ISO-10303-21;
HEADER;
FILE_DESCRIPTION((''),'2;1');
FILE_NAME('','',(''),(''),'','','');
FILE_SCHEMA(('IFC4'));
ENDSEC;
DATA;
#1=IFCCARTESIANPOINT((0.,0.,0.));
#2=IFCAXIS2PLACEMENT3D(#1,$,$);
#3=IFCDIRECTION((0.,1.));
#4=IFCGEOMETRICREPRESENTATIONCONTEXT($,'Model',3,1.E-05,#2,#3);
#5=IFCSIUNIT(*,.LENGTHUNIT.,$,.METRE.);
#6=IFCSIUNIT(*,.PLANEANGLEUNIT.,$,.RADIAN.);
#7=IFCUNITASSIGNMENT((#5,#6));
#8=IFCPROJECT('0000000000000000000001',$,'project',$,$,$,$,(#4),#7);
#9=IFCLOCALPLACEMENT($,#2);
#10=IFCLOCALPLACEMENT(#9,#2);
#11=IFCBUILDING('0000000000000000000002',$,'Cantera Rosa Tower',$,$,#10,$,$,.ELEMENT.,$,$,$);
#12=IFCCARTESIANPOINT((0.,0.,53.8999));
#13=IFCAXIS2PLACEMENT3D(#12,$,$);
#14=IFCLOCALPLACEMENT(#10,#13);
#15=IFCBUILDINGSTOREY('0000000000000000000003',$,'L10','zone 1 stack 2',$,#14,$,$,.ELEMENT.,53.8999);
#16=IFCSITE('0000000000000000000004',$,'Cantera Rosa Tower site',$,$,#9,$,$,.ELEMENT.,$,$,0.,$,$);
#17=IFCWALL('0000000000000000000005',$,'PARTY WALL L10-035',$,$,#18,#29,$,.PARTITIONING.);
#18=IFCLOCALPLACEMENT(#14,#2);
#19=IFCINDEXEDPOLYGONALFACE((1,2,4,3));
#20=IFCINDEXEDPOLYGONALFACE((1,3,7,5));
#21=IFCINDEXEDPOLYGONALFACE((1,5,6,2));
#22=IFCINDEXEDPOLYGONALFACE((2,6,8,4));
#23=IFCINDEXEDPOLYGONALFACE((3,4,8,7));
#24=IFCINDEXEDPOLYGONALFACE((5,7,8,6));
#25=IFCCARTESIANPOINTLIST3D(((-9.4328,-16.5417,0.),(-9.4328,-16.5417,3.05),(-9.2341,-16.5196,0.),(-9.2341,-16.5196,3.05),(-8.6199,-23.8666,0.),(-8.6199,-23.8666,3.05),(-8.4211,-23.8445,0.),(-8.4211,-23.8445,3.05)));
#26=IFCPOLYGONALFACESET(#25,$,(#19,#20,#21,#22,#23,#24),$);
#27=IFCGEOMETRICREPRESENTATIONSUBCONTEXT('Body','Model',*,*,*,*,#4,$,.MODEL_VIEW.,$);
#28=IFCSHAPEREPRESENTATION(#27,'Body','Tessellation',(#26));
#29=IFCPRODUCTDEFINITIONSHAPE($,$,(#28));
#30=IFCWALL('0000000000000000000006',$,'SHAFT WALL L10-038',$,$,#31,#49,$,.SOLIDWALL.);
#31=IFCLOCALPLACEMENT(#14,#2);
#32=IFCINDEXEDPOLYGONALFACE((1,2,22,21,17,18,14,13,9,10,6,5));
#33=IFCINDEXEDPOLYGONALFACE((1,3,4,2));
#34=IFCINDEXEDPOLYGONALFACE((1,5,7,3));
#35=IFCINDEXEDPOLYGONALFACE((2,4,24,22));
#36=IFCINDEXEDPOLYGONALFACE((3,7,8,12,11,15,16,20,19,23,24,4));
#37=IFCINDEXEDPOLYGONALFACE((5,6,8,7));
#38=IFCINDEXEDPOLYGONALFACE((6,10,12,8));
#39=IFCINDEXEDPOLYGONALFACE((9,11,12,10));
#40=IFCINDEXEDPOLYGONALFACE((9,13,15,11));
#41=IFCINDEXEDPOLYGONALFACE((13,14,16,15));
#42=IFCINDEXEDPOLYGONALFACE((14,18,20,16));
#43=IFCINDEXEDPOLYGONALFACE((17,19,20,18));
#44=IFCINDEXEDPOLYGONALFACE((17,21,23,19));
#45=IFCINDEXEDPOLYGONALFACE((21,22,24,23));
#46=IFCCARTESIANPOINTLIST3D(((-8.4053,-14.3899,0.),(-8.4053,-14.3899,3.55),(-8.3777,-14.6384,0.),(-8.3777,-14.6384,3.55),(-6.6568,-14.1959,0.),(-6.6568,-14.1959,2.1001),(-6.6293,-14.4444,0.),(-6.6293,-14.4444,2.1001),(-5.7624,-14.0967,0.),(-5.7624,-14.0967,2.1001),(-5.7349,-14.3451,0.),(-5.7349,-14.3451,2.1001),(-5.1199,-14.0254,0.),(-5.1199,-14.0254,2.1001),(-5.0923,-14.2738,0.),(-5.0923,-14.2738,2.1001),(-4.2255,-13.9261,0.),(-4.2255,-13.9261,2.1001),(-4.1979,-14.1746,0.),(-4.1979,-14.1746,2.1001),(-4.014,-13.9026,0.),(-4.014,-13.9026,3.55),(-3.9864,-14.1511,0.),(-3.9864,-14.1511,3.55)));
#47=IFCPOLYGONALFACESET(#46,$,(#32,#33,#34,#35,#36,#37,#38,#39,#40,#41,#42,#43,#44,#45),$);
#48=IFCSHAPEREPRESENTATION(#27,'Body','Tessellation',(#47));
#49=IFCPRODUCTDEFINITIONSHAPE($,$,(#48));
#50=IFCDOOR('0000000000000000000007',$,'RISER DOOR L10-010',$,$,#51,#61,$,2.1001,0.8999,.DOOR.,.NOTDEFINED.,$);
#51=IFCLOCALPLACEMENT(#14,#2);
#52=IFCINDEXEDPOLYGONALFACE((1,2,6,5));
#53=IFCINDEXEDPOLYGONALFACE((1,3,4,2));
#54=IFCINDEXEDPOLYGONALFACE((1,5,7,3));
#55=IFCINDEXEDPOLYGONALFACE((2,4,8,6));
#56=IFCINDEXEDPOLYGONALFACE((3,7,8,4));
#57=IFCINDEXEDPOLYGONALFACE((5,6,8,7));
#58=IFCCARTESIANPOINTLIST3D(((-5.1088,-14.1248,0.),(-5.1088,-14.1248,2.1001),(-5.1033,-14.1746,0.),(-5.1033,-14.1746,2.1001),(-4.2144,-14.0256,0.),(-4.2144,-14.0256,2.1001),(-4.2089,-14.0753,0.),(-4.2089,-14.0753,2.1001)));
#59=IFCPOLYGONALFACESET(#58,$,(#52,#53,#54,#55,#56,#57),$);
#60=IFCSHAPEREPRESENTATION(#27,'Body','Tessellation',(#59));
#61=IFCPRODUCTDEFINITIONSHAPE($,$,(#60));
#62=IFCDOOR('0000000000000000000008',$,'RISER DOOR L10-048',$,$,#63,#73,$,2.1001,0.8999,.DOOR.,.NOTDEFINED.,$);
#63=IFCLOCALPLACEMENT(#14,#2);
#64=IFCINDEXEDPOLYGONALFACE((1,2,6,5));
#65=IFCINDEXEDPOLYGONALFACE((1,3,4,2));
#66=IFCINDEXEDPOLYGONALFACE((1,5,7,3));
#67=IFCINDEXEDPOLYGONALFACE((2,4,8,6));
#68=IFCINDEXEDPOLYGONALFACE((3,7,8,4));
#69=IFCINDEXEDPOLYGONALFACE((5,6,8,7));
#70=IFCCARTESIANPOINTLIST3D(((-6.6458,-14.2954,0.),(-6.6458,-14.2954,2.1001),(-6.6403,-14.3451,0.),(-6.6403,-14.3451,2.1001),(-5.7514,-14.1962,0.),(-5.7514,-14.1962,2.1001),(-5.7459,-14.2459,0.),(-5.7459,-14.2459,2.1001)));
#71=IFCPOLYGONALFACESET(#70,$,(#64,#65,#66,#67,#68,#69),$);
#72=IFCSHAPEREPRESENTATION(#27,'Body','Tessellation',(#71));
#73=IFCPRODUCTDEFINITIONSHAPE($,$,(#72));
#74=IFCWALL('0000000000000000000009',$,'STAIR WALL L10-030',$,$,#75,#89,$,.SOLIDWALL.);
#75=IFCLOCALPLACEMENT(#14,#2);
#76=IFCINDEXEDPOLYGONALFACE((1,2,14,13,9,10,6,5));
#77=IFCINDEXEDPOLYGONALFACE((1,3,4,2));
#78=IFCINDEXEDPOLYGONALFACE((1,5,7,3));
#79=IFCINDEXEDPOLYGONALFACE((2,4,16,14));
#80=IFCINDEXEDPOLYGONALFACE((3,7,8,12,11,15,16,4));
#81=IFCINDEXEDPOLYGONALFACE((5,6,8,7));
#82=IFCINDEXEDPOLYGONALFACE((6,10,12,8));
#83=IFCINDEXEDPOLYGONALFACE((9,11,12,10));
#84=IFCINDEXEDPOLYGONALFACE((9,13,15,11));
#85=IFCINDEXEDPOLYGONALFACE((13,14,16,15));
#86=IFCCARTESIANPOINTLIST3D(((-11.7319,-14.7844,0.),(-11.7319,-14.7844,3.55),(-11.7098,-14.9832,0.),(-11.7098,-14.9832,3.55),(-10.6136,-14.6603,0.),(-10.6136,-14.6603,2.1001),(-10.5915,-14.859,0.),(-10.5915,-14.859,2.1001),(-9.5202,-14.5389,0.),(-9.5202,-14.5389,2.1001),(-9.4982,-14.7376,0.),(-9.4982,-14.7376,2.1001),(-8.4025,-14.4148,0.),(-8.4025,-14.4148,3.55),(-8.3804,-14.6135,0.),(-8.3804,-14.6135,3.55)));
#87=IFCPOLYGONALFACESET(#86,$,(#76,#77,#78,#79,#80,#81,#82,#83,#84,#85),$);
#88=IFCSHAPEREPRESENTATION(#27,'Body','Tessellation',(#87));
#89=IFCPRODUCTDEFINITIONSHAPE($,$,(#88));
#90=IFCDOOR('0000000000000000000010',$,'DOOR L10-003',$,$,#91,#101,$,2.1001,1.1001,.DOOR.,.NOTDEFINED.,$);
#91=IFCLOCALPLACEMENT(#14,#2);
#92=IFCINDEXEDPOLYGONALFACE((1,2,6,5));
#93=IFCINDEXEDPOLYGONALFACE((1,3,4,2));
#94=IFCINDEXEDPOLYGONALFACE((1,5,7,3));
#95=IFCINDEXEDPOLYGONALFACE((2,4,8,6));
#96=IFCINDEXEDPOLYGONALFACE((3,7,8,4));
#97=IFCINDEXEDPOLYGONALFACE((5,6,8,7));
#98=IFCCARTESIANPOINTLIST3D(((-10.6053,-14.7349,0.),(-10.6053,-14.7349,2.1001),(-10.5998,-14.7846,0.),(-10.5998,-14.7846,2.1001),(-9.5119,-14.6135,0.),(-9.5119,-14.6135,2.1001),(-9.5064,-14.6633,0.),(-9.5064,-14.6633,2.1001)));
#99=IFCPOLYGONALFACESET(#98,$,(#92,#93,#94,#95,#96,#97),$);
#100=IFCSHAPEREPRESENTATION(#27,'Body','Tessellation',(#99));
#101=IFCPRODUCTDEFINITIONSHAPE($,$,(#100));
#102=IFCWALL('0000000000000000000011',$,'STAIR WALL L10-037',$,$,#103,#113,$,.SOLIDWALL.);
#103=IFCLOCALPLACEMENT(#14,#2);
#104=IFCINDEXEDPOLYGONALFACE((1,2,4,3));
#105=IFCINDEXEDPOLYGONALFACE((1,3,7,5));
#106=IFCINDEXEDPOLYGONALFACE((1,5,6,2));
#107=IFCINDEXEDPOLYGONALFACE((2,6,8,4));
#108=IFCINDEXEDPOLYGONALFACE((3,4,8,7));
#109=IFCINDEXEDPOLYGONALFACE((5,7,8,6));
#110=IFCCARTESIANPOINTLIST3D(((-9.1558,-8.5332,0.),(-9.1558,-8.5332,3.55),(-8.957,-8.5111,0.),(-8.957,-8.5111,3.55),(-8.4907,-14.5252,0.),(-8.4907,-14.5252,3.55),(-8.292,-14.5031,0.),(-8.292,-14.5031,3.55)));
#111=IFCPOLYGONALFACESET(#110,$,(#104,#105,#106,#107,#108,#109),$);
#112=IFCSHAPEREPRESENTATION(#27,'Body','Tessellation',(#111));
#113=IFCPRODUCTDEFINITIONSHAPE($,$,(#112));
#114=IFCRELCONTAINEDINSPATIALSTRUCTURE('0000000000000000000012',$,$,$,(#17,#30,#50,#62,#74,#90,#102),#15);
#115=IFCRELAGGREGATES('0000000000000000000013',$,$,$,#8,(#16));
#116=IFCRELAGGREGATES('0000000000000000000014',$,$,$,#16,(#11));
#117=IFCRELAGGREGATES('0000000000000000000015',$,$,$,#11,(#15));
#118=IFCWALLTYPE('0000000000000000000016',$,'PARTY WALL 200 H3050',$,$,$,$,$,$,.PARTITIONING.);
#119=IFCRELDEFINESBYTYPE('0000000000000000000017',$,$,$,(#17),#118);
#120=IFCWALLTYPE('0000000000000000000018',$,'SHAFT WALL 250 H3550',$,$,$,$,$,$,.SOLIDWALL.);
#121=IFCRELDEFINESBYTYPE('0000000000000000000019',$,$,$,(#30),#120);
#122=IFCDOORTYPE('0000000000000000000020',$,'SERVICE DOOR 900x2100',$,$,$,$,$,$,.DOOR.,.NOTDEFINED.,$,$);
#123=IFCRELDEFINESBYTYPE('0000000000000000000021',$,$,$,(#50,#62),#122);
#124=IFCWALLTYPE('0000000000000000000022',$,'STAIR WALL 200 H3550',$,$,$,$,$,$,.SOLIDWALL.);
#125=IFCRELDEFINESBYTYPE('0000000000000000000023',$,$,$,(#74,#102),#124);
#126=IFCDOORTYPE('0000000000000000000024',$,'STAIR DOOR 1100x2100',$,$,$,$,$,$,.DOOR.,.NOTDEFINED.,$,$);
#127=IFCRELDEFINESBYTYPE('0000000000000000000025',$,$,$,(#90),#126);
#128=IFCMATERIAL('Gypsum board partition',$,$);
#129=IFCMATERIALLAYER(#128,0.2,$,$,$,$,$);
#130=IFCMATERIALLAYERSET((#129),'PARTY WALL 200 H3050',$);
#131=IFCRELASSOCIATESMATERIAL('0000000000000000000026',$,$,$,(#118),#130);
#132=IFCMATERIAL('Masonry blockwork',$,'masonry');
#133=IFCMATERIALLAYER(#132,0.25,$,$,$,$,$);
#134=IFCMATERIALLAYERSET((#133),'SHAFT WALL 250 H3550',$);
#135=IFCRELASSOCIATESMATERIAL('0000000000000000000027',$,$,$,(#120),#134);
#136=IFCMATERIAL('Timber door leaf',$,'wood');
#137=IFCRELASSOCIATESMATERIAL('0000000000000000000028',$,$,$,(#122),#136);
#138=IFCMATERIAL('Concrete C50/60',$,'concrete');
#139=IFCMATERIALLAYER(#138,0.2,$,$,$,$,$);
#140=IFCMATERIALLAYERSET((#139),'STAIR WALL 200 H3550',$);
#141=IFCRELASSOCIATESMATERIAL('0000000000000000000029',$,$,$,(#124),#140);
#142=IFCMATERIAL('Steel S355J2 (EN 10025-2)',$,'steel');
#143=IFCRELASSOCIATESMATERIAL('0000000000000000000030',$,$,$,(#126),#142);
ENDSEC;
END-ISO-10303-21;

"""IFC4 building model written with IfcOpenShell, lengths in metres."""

from ifc_helpers import new_model, si_unit, direction, frame, frame_2d, origin, place, context, subcontext, project, spatial, rectangle, extrude, material, layer, layer_set, type_object, element, fill, save


model = new_model("IFC4")

# Units and contexts
model_context = context("Model", 3, precision=1e-05, world=origin(), true_north=direction((0.0, 1.0)))
body_context = subcontext(model_context, "Body", "Model", "MODEL_VIEW")
ifc_project = project(units=[si_unit("LENGTHUNIT", "METRE"), si_unit("PLANEANGLEUNIT", "RADIAN")], contexts=[model_context])

# Site, building, storey
site_placement = place(None, origin())
site = spatial("IfcSite", under=ifc_project, at=site_placement, Name="Cantera Rosa Tower site", CompositionType="ELEMENT", RefElevation=0.0)
building_placement = place(site_placement, origin())
building = spatial("IfcBuilding", under=site, at=building_placement, Name="Cantera Rosa Tower", CompositionType="ELEMENT")
storey_placement = place(building_placement, frame((0.0, 0.0, 53.8999)))
storey = spatial("IfcBuildingStorey", under=building, at=storey_placement, Name="L10", Description="zone 1 stack 2", CompositionType="ELEMENT", Elevation=53.8999)

# Wall
ifc_material_1 = material(Name="Gypsum board partition")
ifc_layer_1 = layer(ifc_material_1, 0.2)
ifc_layer_set_1 = layer_set([ifc_layer_1], Name="PARTY WALL 200 H3050")
wall_type_1 = type_object("IfcWallType", Name="PARTY WALL 200 H3050", PredefinedType="PARTITIONING", material=ifc_layer_set_1)
wall_1_placement = place(storey_placement, frame((-9.3335, -16.5305, 0.0), z_axis=(0.0, 0.0, 1.0), x_axis=(0.110312, -0.993897, 0.0)))
element("IfcWall", 1, at=wall_1_placement, inside=storey, type_object=wall_type_1, Name="PARTY WALL L10-035", PredefinedType="PARTITIONING", context=body_context, shape_type="SweptSolid", body=[
    extrude(rectangle(XDim=7.3699, YDim=0.2, at=frame_2d((3.6851, 0.0))), origin(), (0.0, 0.0, 1.0), 3.05),
])

# Wall, openings, doors
ifc_material_2 = material(Name="Masonry blockwork", Category="masonry")
ifc_layer_2 = layer(ifc_material_2, 0.25)
ifc_layer_set_2 = layer_set([ifc_layer_2], Name="SHAFT WALL 250 H3550")
wall_type_2 = type_object("IfcWallType", Name="SHAFT WALL 250 H3550", PredefinedType="SOLIDWALL", material=ifc_layer_set_2)
wall_2_placement = place(storey_placement, frame((-8.3914, -14.5142, 0.0), z_axis=(0.0, 0.0, 1.0), x_axis=(0.993899, 0.110292, 0.0)))
wall_2 = element("IfcWall", 2, at=wall_2_placement, inside=storey, type_object=wall_type_2, Name="SHAFT WALL L10-038", PredefinedType="SOLIDWALL", context=body_context, shape_type="SweptSolid", body=[
    extrude(rectangle(XDim=4.4182, YDim=0.25, at=frame_2d((2.209, 0.0))), origin(), (0.0, 0.0, 1.0), 3.55),
])
opening_1_placement = place(wall_2_placement, frame((3.3054, 0.0, 0.0)))
opening_1 = element("IfcOpeningElement", 3, at=opening_1_placement, cuts=wall_2, PredefinedType="OPENING", context=body_context, shape_type="SweptSolid", body=[
    extrude(rectangle(XDim=0.8999, YDim=2.1001, at=frame_2d((0.45, 1.05))), frame((0.0, 0.135, 0.0), z_axis=(0.0, -1.0, 0.0), x_axis=(1.0, 0.0, 0.0)), (0.0, 0.0, 1.0), 0.27),
])
opening_2_placement = place(wall_2_placement, frame((1.759, 0.0, 0.0)))
opening_2 = element("IfcOpeningElement", 4, at=opening_2_placement, cuts=wall_2, PredefinedType="OPENING", context=body_context, shape_type="SweptSolid", body=[
    extrude(rectangle(XDim=0.8999, YDim=2.1001, at=frame_2d((0.45, 1.05))), frame((0.0, 0.135, 0.0), z_axis=(0.0, -1.0, 0.0), x_axis=(1.0, 0.0, 0.0)), (0.0, 0.0, 1.0), 0.27),
])
ifc_material_3 = material(Name="Timber door leaf", Category="wood")
door_type_1 = type_object("IfcDoorType", Name="SERVICE DOOR 900x2100", OperationType="NOTDEFINED", PredefinedType="DOOR", material=ifc_material_3)
door_1_placement = place(opening_1_placement, origin())
door_1 = element("IfcDoor", 5, at=door_1_placement, inside=storey, type_object=door_type_1, Name="RISER DOOR L10-010", OperationType="NOTDEFINED", OverallHeight=2.1001, OverallWidth=0.8999, PredefinedType="DOOR", context=body_context, shape_type="SweptSolid", body=[
    extrude(rectangle(XDim=0.8999, YDim=2.1001, at=frame_2d((0.45, 1.05))), frame((0.0, 0.0249, 0.0), z_axis=(0.0, -1.0, 0.0), x_axis=(1.0, 0.0, 0.0)), (0.0, 0.0, 1.0), 0.05),
])
fill(opening_1, door_1)
door_2_placement = place(opening_2_placement, origin())
door_2 = element("IfcDoor", 6, at=door_2_placement, inside=storey, type_object=door_type_1, Name="RISER DOOR L10-048", OperationType="NOTDEFINED", OverallHeight=2.1001, OverallWidth=0.8999, PredefinedType="DOOR", context=body_context, shape_type="SweptSolid", body=[
    extrude(rectangle(XDim=0.8999, YDim=2.1001, at=frame_2d((0.45, 1.05))), frame((0.0, 0.0249, 0.0), z_axis=(0.0, -1.0, 0.0), x_axis=(1.0, 0.0, 0.0)), (0.0, 0.0, 1.0), 0.05),
])
fill(opening_2, door_2)

# Wall, opening, door
ifc_material_4 = material(Name="Concrete C50/60", Category="concrete")
ifc_layer_3 = layer(ifc_material_4, 0.2)
ifc_layer_set_3 = layer_set([ifc_layer_3], Name="STAIR WALL 200 H3550")
wall_type_3 = type_object("IfcWallType", Name="STAIR WALL 200 H3550", PredefinedType="SOLIDWALL", material=ifc_layer_set_3)
wall_3_placement = place(storey_placement, frame((-11.7207, -14.8838, 0.0), z_axis=(0.0, 0.0, 1.0), x_axis=(0.993894, 0.110344, 0.0)))
wall_3 = element("IfcWall", 7, at=wall_3_placement, inside=storey, type_object=wall_type_3, Name="STAIR WALL L10-030", PredefinedType="SOLIDWALL", context=body_context, shape_type="SweptSolid", body=[
    extrude(rectangle(XDim=3.3499, YDim=0.2, at=frame_2d((1.6748, 0.0))), origin(), (0.0, 0.0, 1.0), 3.55),
])
opening_3_placement = place(wall_3_placement, frame((1.125, 0.0, 0.0)))
opening_3 = element("IfcOpeningElement", 8, at=opening_3_placement, cuts=wall_3, PredefinedType="OPENING", context=body_context, shape_type="SweptSolid", body=[
    extrude(rectangle(XDim=1.1001, YDim=2.1001, at=frame_2d((0.55, 1.05))), frame((0.0, 0.1099, 0.0), z_axis=(0.0, -1.0, 0.0), x_axis=(1.0, 0.0, 0.0)), (0.0, 0.0, 1.0), 0.22),
])
ifc_material_5 = material(Name="Steel S355J2 (EN 10025-2)", Category="steel")
door_type_2 = type_object("IfcDoorType", Name="STAIR DOOR 1100x2100", OperationType="NOTDEFINED", PredefinedType="DOOR", material=ifc_material_5)
door_3_placement = place(opening_3_placement, origin())
door_3 = element("IfcDoor", 9, at=door_3_placement, inside=storey, type_object=door_type_2, Name="DOOR L10-003", OperationType="NOTDEFINED", OverallHeight=2.1001, OverallWidth=1.1001, PredefinedType="DOOR", context=body_context, shape_type="SweptSolid", body=[
    extrude(rectangle(XDim=1.1001, YDim=2.1001, at=frame_2d((0.55, 1.05))), frame((0.0, 0.0249, 0.0), z_axis=(0.0, -1.0, 0.0), x_axis=(1.0, 0.0, 0.0)), (0.0, 0.0, 1.0), 0.05),
])
fill(opening_3, door_3)

# Wall
wall_4_placement = place(storey_placement, frame((-8.3914, -14.5142, 0.0), z_axis=(0.0, 0.0, 1.0), x_axis=(-0.110312, 0.993897, 0.0)))
element("IfcWall", 10, at=wall_4_placement, inside=storey, type_object=wall_type_3, Name="STAIR WALL L10-037", PredefinedType="SOLIDWALL", context=body_context, shape_type="SweptSolid", body=[
    extrude(rectangle(XDim=6.0288, YDim=0.2, at=frame_2d((3.0144, 0.0))), origin(), (0.0, 0.0, 1.0), 3.55),
])

save(model, "model.ifc")
